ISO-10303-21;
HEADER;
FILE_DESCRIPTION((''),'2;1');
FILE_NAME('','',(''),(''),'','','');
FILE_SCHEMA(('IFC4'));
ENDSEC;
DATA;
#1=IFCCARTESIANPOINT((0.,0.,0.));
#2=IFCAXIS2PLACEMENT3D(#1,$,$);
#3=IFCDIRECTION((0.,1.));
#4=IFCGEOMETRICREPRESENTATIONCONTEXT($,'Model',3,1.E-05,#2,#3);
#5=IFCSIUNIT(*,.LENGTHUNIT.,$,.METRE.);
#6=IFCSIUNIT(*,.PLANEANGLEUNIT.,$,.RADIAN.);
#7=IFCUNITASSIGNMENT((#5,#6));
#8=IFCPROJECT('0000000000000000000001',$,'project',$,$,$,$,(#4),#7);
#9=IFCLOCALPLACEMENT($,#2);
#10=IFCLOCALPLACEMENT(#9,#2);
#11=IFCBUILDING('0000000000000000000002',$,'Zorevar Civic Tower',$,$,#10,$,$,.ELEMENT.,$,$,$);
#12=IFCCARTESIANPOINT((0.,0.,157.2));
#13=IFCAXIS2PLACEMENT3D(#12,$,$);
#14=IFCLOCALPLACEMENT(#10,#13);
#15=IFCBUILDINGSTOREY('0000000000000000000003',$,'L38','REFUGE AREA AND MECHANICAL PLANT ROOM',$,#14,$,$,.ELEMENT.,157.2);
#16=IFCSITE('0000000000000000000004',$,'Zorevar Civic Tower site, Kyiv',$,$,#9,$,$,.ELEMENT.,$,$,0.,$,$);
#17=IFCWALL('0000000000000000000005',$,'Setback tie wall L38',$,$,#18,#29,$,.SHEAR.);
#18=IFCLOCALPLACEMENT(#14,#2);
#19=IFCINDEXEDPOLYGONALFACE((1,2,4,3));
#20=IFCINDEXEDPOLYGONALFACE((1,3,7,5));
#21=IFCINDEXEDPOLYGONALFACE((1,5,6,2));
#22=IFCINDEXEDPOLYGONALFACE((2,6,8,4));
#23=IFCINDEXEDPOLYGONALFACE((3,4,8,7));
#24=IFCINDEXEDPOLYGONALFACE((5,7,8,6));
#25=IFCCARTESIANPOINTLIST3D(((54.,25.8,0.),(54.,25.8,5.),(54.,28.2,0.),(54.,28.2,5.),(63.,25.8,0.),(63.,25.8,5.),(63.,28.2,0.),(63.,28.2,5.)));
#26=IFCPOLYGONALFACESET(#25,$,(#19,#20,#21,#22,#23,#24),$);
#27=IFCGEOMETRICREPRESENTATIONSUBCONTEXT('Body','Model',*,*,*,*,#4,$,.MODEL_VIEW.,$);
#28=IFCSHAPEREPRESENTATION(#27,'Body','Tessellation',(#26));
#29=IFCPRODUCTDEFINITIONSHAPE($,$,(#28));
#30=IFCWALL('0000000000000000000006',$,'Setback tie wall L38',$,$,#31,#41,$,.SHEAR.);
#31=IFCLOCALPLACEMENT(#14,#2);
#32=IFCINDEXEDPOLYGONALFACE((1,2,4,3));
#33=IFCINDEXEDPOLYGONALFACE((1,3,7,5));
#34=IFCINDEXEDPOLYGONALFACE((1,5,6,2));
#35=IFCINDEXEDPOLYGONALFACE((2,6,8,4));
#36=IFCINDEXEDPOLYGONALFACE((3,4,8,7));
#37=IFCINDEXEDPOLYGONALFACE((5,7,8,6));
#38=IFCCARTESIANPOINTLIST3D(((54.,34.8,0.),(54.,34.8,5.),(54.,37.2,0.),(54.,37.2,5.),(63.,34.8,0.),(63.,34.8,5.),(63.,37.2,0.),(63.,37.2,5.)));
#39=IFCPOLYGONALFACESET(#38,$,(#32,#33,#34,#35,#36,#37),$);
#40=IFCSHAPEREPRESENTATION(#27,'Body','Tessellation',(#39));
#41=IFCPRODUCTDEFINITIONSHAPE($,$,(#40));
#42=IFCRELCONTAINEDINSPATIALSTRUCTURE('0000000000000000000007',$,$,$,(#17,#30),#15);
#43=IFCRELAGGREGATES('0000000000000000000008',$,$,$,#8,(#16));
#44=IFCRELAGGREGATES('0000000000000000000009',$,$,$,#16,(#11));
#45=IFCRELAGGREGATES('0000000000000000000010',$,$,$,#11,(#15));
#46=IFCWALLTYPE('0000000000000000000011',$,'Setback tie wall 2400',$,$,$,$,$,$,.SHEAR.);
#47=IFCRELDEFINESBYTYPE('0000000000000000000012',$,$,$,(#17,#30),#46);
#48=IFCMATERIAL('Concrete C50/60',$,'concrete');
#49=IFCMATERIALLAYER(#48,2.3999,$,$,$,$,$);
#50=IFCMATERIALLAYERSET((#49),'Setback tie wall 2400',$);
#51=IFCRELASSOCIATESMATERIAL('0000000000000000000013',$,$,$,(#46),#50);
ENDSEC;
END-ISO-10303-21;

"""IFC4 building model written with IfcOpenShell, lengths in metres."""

from ifc_helpers import new_model, si_unit, direction, frame, frame_2d, origin, place, context, subcontext, project, spatial, rectangle, extrude, material, layer, layer_set, type_object, element, save


model = new_model("IFC4")

# Units and contexts
model_context = context("Model", 3, precision=1e-05, world=origin(), true_north=direction((0.0, 1.0)))
body_context = subcontext(model_context, "Body", "Model", "MODEL_VIEW")
ifc_project = project(units=[si_unit("LENGTHUNIT", "METRE"), si_unit("PLANEANGLEUNIT", "RADIAN")], contexts=[model_context])

# Site, building, storey
site_placement = place(None, origin())
site = spatial("IfcSite", under=ifc_project, at=site_placement, Name="Zorevar Civic Tower site, Kyiv", CompositionType="ELEMENT", RefElevation=0.0)
building_placement = place(site_placement, origin())
building = spatial("IfcBuilding", under=site, at=building_placement, Name="Zorevar Civic Tower", CompositionType="ELEMENT")
storey_placement = place(building_placement, frame((0.0, 0.0, 157.2)))
storey = spatial("IfcBuildingStorey", under=building, at=storey_placement, Name="L38", Description="REFUGE AREA AND MECHANICAL PLANT ROOM", CompositionType="ELEMENT", Elevation=157.2)

# Walls
ifc_material_1 = material(Name="Concrete C50/60", Category="concrete")
ifc_layer_1 = layer(ifc_material_1, 2.3999)
ifc_layer_set_1 = layer_set([ifc_layer_1], Name="Setback tie wall 2400")
wall_type_1 = type_object("IfcWallType", Name="Setback tie wall 2400", PredefinedType="SHEAR", material=ifc_layer_set_1)
for number, where, z_axis, x_axis, name in (
    (1, (54.0, 27.0, 0.0), (0.0, 0.0, 1.0), (1.0, 0.0, 0.0), "Setback tie wall L38"),
    (2, (54.0, 36.0, 0.0), (0.0, 0.0, 1.0), (1.0, 0.0, 0.0), "Setback tie wall L38"),
):
    element("IfcWall", number, at=place(storey_placement, frame(where, z_axis=z_axis, x_axis=x_axis)), inside=storey, type_object=wall_type_1, Name=name, PredefinedType="SHEAR", context=body_context, shape_type="SweptSolid", body=[
        extrude(rectangle(XDim=9.0, YDim=2.3999, at=frame_2d((4.5, 0.0))), origin(), (0.0, 0.0, 1.0), 5.0),
    ])

save(model, "model.ifc")
